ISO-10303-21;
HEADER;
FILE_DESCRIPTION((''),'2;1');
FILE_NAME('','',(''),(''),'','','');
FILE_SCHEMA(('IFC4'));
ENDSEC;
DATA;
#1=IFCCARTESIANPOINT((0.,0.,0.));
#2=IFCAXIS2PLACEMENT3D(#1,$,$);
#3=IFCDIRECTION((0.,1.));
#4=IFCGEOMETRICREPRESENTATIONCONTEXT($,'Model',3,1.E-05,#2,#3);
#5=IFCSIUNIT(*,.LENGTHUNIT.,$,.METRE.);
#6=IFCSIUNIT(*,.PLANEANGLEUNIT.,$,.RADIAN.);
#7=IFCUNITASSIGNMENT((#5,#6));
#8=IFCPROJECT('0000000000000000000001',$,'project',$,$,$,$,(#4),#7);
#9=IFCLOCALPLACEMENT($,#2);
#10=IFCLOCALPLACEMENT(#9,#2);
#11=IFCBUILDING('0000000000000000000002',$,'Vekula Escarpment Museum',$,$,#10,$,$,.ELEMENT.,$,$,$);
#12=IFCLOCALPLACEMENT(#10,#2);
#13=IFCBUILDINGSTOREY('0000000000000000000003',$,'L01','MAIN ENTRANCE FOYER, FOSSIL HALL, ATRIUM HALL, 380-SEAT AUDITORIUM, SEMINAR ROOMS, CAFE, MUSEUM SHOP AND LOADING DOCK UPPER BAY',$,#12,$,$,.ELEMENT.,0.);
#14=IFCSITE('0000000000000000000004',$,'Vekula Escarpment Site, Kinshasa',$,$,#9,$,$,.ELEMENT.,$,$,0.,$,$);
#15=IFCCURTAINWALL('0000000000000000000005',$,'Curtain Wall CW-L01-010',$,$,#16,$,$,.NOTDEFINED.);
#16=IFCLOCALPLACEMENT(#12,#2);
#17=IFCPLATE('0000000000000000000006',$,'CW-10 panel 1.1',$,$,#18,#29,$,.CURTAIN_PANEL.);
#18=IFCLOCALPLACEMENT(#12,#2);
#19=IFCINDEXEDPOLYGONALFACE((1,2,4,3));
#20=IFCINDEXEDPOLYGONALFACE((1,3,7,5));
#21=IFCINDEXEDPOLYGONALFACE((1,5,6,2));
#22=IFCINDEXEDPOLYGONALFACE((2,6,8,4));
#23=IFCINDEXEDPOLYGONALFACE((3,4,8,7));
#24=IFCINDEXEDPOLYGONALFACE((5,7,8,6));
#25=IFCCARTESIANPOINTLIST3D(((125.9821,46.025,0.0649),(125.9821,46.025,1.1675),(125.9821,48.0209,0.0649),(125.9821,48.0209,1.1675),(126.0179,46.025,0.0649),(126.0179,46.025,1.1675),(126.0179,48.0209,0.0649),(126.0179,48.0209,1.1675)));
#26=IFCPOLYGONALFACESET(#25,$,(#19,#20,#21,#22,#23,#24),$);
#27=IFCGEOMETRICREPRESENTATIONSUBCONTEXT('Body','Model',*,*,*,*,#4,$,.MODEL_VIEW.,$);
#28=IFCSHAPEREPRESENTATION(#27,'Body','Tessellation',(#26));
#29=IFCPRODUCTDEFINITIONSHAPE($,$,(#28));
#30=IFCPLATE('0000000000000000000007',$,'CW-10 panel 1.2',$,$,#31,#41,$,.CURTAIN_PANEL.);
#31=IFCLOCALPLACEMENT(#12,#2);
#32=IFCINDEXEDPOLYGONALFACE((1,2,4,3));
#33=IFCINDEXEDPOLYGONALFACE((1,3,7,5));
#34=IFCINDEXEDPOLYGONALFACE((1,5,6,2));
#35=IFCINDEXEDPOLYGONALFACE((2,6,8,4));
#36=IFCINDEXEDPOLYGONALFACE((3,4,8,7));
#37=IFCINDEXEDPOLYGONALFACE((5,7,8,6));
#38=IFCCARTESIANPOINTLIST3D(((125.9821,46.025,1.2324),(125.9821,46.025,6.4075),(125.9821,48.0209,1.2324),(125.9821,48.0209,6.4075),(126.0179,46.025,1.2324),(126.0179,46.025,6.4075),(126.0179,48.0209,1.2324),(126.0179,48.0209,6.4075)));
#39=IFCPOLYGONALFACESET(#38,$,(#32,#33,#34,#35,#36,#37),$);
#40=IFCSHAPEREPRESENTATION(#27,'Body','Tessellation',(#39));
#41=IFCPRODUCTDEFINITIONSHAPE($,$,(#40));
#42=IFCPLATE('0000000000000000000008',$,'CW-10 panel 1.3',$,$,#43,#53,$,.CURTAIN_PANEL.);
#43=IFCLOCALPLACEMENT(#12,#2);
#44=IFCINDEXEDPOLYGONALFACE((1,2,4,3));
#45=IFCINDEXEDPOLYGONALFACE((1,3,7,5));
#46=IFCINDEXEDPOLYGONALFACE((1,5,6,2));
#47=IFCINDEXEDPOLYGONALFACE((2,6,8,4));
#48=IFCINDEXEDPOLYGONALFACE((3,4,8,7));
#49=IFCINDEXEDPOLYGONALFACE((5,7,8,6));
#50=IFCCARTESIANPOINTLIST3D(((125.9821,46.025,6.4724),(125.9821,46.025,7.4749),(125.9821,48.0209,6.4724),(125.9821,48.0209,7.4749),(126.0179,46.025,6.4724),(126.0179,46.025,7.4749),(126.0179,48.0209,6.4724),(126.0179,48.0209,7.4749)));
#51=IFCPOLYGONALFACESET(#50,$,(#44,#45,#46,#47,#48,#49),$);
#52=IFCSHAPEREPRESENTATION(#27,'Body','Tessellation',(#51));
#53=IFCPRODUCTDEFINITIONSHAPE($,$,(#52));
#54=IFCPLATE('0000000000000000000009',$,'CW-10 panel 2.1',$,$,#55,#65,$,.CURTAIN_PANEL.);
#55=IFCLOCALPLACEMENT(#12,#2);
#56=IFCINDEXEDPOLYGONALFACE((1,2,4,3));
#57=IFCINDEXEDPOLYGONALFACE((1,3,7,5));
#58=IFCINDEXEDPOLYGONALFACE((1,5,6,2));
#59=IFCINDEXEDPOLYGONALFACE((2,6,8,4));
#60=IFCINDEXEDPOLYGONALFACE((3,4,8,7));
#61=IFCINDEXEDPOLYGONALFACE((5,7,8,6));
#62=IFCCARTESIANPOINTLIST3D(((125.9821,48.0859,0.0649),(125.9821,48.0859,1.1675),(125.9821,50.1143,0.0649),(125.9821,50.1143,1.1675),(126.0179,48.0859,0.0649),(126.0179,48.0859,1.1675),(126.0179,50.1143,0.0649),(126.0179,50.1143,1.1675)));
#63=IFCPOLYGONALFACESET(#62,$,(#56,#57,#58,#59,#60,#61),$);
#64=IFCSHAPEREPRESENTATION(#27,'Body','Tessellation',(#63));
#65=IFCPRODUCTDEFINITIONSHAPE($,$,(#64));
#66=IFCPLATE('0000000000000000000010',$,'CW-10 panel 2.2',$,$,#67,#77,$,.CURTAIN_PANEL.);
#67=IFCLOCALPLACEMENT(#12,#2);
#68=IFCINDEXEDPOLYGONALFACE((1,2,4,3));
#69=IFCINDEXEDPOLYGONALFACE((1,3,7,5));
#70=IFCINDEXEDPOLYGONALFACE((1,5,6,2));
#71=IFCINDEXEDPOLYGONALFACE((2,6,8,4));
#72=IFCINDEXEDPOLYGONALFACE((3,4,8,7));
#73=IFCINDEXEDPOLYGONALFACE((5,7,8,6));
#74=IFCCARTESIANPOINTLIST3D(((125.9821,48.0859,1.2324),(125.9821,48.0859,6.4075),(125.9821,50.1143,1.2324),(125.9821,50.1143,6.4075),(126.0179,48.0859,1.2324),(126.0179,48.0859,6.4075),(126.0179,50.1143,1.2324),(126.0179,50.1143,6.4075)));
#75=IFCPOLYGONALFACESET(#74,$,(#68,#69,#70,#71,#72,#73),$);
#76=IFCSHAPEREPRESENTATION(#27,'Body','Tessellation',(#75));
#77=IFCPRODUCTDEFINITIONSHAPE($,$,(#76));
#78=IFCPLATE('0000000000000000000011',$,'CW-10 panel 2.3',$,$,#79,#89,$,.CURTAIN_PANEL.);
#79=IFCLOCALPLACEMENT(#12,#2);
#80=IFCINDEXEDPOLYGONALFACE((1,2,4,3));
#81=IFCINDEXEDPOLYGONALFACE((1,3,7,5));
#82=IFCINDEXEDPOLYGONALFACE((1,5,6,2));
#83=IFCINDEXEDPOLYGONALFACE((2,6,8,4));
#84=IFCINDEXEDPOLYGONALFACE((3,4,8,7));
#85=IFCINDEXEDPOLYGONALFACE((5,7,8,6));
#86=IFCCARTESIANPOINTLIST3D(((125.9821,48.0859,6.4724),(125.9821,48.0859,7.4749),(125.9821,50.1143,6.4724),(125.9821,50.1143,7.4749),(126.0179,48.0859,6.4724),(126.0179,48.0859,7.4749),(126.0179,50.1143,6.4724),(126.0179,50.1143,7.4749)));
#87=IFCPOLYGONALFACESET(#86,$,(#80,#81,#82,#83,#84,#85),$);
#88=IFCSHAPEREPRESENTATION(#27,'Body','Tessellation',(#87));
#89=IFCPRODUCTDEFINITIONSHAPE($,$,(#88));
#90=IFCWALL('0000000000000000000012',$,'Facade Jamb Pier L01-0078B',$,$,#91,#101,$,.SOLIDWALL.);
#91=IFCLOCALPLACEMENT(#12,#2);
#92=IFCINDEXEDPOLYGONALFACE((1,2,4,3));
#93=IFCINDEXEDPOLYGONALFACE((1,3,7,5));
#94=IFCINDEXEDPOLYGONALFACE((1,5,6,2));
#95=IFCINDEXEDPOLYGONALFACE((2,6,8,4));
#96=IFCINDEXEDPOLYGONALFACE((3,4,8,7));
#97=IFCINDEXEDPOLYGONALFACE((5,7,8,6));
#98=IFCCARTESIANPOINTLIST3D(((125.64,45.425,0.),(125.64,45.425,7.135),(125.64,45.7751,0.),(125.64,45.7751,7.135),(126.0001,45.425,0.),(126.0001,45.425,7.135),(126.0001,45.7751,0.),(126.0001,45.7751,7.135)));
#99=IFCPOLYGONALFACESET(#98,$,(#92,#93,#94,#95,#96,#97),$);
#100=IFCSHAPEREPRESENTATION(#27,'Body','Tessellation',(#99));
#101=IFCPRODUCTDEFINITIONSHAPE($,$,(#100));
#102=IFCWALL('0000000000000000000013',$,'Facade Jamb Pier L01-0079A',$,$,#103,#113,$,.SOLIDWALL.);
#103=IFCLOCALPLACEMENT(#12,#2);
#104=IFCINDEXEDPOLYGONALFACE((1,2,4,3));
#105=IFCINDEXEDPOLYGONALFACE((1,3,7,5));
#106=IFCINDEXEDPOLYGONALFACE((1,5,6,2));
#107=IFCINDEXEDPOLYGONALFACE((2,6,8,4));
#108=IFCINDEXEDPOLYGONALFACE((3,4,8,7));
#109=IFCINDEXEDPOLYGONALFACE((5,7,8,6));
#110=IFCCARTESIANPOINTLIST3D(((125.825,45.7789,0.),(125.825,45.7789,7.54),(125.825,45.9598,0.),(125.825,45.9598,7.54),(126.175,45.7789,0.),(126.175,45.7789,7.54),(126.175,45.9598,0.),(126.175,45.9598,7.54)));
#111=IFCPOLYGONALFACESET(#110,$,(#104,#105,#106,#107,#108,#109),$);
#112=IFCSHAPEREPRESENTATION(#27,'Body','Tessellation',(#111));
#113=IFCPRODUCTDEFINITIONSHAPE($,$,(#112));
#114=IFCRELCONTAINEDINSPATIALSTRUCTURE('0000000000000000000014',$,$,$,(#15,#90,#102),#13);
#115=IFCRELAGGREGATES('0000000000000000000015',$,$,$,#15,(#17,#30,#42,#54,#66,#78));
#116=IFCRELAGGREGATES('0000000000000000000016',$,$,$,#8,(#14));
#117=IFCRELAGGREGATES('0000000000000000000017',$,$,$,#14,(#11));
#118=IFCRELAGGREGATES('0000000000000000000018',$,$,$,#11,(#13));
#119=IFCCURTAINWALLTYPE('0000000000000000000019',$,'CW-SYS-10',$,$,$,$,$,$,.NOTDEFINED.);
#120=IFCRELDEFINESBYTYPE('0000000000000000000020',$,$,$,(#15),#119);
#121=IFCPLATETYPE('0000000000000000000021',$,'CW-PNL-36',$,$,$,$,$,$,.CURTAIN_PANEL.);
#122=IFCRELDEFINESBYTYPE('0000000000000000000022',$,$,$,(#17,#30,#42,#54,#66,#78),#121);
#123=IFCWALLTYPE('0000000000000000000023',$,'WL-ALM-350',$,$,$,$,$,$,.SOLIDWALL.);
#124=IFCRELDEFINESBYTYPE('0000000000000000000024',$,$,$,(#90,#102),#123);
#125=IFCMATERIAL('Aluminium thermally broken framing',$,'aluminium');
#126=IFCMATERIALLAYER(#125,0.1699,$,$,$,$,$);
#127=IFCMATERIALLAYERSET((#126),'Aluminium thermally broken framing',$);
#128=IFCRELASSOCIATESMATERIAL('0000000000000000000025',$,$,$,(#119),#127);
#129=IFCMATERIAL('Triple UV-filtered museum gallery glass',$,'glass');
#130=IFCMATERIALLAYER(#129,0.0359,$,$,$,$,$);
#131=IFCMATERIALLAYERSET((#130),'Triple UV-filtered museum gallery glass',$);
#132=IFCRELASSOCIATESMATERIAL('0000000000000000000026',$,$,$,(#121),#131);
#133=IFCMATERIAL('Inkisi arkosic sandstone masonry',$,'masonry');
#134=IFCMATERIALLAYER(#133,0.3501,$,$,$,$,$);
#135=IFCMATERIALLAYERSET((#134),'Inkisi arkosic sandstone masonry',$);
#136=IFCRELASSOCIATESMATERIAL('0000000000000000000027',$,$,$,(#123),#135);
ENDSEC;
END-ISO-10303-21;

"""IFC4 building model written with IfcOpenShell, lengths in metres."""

from ifc_helpers import new_model, si_unit, direction, frame, frame_2d, origin, origin_2d, place, context, subcontext, project, spatial, rectangle, extrude, material, layer, layer_set, type_object, element, aggregate, save


model = new_model("IFC4")

# Units and contexts
model_context = context("Model", 3, precision=1e-05, world=origin(), true_north=direction((0.0, 1.0)))
body_context = subcontext(model_context, "Body", "Model", "MODEL_VIEW")
ifc_project = project(units=[si_unit("LENGTHUNIT", "METRE"), si_unit("PLANEANGLEUNIT", "RADIAN")], contexts=[model_context])

# Site, building, storey
site_placement = place(None, origin())
site = spatial("IfcSite", under=ifc_project, at=site_placement, Name="Vekula Escarpment Site, Kinshasa", CompositionType="ELEMENT", RefElevation=0.0)
building_placement = place(site_placement, origin())
building = spatial("IfcBuilding", under=site, at=building_placement, Name="Vekula Escarpment Museum", CompositionType="ELEMENT")
storey_placement = place(building_placement, origin())
storey = spatial("IfcBuildingStorey", under=building, at=storey_placement, Name="L01", Description="MAIN ENTRANCE FOYER, FOSSIL HALL, ATRIUM HALL, 380-SEAT AUDITORIUM, SEMINAR ROOMS, CAFE, MUSEUM SHOP AND LOADING DOCK UPPER BAY", CompositionType="ELEMENT", Elevation=0.0)

# Curtain wall
ifc_material_1 = material(Name="Aluminium thermally broken framing", Category="aluminium")
ifc_layer_1 = layer(ifc_material_1, 0.1699)
ifc_layer_set_1 = layer_set([ifc_layer_1], Name="Aluminium thermally broken framing")
curtain_wall_type_1 = type_object("IfcCurtainWallType", Name="CW-SYS-10", PredefinedType="NOTDEFINED", material=ifc_layer_set_1)
curtain_wall_1_placement = place(storey_placement, origin())
curtain_wall_1 = element("IfcCurtainWall", 1, at=curtain_wall_1_placement, inside=storey, type_object=curtain_wall_type_1, Name="Curtain Wall CW-L01-010", PredefinedType="NOTDEFINED")

# Plates
ifc_material_2 = material(Name="Triple UV-filtered museum gallery glass", Category="glass")
ifc_layer_2 = layer(ifc_material_2, 0.0359)
ifc_layer_set_2 = layer_set([ifc_layer_2], Name="Triple UV-filtered museum gallery glass")
plate_type_1 = type_object("IfcPlateType", Name="CW-PNL-36", PredefinedType="CURTAIN_PANEL", material=ifc_layer_set_2)
plate_1_placement = place(storey_placement, frame((126.0, 47.0229, 0.0649), z_axis=(0.0, 0.0, 1.0), x_axis=(0.0, 1.0, 0.0)))
plate_1 = element("IfcPlate", 2, at=plate_1_placement, type_object=plate_type_1, Name="CW-10 panel 1.1", PredefinedType="CURTAIN_PANEL", context=body_context, shape_type="SweptSolid", body=[
    extrude(rectangle(XDim=1.9958, YDim=0.0359, at=origin_2d()), origin(), (0.0, 0.0, 1.0), 1.1025),
])
plate_2_placement = place(storey_placement, frame((126.0, 47.0229, 1.2324), z_axis=(0.0, 0.0, 1.0), x_axis=(0.0, 1.0, 0.0)))
plate_2 = element("IfcPlate", 3, at=plate_2_placement, type_object=plate_type_1, Name="CW-10 panel 1.2", PredefinedType="CURTAIN_PANEL", context=body_context, shape_type="SweptSolid", body=[
    extrude(rectangle(XDim=1.9958, YDim=0.0359, at=origin_2d()), origin(), (0.0, 0.0, 1.0), 5.175),
])
plate_3_placement = place(storey_placement, frame((126.0, 47.0229, 6.4724), z_axis=(0.0, 0.0, 1.0), x_axis=(0.0, 1.0, 0.0)))
plate_3 = element("IfcPlate", 4, at=plate_3_placement, type_object=plate_type_1, Name="CW-10 panel 1.3", PredefinedType="CURTAIN_PANEL", context=body_context, shape_type="SweptSolid", body=[
    extrude(rectangle(XDim=1.9958, YDim=0.0359, at=origin_2d()), origin(), (0.0, 0.0, 1.0), 1.0024),
])
plate_4_placement = place(storey_placement, frame((126.0, 49.1001, 0.0649), z_axis=(0.0, 0.0, 1.0), x_axis=(0.0, 1.0, 0.0)))
plate_4 = element("IfcPlate", 5, at=plate_4_placement, type_object=plate_type_1, Name="CW-10 panel 2.1", PredefinedType="CURTAIN_PANEL", context=body_context, shape_type="SweptSolid", body=[
    extrude(rectangle(XDim=2.0283, YDim=0.0359, at=origin_2d()), origin(), (0.0, 0.0, 1.0), 1.1025),
])
plate_5_placement = place(storey_placement, frame((126.0, 49.1001, 1.2324), z_axis=(0.0, 0.0, 1.0), x_axis=(0.0, 1.0, 0.0)))
plate_5 = element("IfcPlate", 6, at=plate_5_placement, type_object=plate_type_1, Name="CW-10 panel 2.2", PredefinedType="CURTAIN_PANEL", context=body_context, shape_type="SweptSolid", body=[
    extrude(rectangle(XDim=2.0283, YDim=0.0359, at=origin_2d()), origin(), (0.0, 0.0, 1.0), 5.175),
])
plate_6_placement = place(storey_placement, frame((126.0, 49.1001, 6.4724), z_axis=(0.0, 0.0, 1.0), x_axis=(0.0, 1.0, 0.0)))
plate_6 = element("IfcPlate", 7, at=plate_6_placement, type_object=plate_type_1, Name="CW-10 panel 2.3", PredefinedType="CURTAIN_PANEL", context=body_context, shape_type="SweptSolid", body=[
    extrude(rectangle(XDim=2.0283, YDim=0.0359, at=origin_2d()), origin(), (0.0, 0.0, 1.0), 1.0024),
])
aggregate(curtain_wall_1, [plate_1, plate_2, plate_3, plate_4, plate_5, plate_6])

# Walls
ifc_material_3 = material(Name="Inkisi arkosic sandstone masonry", Category="masonry")
ifc_layer_3 = layer(ifc_material_3, 0.3501)
ifc_layer_set_3 = layer_set([ifc_layer_3], Name="Inkisi arkosic sandstone masonry")
wall_type = type_object("IfcWallType", Name="WL-ALM-350", PredefinedType="SOLIDWALL", material=ifc_layer_set_3)
wall_1_placement = place(storey_placement, frame((125.6399, 45.6001, 0.0), z_axis=(0.0, 0.0, 1.0), x_axis=(1.0, 0.0, 0.0)))
element("IfcWall", 8, at=wall_1_placement, inside=storey, type_object=wall_type, Name="Facade Jamb Pier L01-0078B", PredefinedType="SOLIDWALL", context=body_context, shape_type="SweptSolid", body=[
    extrude(rectangle(XDim=0.3601, YDim=0.3501, at=frame_2d((0.1802, 0.0))), origin(), (0.0, 0.0, 1.0), 7.135),
])
wall_2_placement = place(storey_placement, frame((126.0, 45.7791, 0.0), z_axis=(0.0, 0.0, 1.0), x_axis=(0.0, 1.0, 0.0)))
element("IfcWall", 9, at=wall_2_placement, inside=storey, type_object=wall_type, Name="Facade Jamb Pier L01-0079A", PredefinedType="SOLIDWALL", context=body_context, shape_type="SweptSolid", body=[
    extrude(rectangle(XDim=0.1809, YDim=0.3501, at=frame_2d((0.0903, 0.0))), origin(), (0.0, 0.0, 1.0), 7.54),
])

save(model, "model.ifc")
